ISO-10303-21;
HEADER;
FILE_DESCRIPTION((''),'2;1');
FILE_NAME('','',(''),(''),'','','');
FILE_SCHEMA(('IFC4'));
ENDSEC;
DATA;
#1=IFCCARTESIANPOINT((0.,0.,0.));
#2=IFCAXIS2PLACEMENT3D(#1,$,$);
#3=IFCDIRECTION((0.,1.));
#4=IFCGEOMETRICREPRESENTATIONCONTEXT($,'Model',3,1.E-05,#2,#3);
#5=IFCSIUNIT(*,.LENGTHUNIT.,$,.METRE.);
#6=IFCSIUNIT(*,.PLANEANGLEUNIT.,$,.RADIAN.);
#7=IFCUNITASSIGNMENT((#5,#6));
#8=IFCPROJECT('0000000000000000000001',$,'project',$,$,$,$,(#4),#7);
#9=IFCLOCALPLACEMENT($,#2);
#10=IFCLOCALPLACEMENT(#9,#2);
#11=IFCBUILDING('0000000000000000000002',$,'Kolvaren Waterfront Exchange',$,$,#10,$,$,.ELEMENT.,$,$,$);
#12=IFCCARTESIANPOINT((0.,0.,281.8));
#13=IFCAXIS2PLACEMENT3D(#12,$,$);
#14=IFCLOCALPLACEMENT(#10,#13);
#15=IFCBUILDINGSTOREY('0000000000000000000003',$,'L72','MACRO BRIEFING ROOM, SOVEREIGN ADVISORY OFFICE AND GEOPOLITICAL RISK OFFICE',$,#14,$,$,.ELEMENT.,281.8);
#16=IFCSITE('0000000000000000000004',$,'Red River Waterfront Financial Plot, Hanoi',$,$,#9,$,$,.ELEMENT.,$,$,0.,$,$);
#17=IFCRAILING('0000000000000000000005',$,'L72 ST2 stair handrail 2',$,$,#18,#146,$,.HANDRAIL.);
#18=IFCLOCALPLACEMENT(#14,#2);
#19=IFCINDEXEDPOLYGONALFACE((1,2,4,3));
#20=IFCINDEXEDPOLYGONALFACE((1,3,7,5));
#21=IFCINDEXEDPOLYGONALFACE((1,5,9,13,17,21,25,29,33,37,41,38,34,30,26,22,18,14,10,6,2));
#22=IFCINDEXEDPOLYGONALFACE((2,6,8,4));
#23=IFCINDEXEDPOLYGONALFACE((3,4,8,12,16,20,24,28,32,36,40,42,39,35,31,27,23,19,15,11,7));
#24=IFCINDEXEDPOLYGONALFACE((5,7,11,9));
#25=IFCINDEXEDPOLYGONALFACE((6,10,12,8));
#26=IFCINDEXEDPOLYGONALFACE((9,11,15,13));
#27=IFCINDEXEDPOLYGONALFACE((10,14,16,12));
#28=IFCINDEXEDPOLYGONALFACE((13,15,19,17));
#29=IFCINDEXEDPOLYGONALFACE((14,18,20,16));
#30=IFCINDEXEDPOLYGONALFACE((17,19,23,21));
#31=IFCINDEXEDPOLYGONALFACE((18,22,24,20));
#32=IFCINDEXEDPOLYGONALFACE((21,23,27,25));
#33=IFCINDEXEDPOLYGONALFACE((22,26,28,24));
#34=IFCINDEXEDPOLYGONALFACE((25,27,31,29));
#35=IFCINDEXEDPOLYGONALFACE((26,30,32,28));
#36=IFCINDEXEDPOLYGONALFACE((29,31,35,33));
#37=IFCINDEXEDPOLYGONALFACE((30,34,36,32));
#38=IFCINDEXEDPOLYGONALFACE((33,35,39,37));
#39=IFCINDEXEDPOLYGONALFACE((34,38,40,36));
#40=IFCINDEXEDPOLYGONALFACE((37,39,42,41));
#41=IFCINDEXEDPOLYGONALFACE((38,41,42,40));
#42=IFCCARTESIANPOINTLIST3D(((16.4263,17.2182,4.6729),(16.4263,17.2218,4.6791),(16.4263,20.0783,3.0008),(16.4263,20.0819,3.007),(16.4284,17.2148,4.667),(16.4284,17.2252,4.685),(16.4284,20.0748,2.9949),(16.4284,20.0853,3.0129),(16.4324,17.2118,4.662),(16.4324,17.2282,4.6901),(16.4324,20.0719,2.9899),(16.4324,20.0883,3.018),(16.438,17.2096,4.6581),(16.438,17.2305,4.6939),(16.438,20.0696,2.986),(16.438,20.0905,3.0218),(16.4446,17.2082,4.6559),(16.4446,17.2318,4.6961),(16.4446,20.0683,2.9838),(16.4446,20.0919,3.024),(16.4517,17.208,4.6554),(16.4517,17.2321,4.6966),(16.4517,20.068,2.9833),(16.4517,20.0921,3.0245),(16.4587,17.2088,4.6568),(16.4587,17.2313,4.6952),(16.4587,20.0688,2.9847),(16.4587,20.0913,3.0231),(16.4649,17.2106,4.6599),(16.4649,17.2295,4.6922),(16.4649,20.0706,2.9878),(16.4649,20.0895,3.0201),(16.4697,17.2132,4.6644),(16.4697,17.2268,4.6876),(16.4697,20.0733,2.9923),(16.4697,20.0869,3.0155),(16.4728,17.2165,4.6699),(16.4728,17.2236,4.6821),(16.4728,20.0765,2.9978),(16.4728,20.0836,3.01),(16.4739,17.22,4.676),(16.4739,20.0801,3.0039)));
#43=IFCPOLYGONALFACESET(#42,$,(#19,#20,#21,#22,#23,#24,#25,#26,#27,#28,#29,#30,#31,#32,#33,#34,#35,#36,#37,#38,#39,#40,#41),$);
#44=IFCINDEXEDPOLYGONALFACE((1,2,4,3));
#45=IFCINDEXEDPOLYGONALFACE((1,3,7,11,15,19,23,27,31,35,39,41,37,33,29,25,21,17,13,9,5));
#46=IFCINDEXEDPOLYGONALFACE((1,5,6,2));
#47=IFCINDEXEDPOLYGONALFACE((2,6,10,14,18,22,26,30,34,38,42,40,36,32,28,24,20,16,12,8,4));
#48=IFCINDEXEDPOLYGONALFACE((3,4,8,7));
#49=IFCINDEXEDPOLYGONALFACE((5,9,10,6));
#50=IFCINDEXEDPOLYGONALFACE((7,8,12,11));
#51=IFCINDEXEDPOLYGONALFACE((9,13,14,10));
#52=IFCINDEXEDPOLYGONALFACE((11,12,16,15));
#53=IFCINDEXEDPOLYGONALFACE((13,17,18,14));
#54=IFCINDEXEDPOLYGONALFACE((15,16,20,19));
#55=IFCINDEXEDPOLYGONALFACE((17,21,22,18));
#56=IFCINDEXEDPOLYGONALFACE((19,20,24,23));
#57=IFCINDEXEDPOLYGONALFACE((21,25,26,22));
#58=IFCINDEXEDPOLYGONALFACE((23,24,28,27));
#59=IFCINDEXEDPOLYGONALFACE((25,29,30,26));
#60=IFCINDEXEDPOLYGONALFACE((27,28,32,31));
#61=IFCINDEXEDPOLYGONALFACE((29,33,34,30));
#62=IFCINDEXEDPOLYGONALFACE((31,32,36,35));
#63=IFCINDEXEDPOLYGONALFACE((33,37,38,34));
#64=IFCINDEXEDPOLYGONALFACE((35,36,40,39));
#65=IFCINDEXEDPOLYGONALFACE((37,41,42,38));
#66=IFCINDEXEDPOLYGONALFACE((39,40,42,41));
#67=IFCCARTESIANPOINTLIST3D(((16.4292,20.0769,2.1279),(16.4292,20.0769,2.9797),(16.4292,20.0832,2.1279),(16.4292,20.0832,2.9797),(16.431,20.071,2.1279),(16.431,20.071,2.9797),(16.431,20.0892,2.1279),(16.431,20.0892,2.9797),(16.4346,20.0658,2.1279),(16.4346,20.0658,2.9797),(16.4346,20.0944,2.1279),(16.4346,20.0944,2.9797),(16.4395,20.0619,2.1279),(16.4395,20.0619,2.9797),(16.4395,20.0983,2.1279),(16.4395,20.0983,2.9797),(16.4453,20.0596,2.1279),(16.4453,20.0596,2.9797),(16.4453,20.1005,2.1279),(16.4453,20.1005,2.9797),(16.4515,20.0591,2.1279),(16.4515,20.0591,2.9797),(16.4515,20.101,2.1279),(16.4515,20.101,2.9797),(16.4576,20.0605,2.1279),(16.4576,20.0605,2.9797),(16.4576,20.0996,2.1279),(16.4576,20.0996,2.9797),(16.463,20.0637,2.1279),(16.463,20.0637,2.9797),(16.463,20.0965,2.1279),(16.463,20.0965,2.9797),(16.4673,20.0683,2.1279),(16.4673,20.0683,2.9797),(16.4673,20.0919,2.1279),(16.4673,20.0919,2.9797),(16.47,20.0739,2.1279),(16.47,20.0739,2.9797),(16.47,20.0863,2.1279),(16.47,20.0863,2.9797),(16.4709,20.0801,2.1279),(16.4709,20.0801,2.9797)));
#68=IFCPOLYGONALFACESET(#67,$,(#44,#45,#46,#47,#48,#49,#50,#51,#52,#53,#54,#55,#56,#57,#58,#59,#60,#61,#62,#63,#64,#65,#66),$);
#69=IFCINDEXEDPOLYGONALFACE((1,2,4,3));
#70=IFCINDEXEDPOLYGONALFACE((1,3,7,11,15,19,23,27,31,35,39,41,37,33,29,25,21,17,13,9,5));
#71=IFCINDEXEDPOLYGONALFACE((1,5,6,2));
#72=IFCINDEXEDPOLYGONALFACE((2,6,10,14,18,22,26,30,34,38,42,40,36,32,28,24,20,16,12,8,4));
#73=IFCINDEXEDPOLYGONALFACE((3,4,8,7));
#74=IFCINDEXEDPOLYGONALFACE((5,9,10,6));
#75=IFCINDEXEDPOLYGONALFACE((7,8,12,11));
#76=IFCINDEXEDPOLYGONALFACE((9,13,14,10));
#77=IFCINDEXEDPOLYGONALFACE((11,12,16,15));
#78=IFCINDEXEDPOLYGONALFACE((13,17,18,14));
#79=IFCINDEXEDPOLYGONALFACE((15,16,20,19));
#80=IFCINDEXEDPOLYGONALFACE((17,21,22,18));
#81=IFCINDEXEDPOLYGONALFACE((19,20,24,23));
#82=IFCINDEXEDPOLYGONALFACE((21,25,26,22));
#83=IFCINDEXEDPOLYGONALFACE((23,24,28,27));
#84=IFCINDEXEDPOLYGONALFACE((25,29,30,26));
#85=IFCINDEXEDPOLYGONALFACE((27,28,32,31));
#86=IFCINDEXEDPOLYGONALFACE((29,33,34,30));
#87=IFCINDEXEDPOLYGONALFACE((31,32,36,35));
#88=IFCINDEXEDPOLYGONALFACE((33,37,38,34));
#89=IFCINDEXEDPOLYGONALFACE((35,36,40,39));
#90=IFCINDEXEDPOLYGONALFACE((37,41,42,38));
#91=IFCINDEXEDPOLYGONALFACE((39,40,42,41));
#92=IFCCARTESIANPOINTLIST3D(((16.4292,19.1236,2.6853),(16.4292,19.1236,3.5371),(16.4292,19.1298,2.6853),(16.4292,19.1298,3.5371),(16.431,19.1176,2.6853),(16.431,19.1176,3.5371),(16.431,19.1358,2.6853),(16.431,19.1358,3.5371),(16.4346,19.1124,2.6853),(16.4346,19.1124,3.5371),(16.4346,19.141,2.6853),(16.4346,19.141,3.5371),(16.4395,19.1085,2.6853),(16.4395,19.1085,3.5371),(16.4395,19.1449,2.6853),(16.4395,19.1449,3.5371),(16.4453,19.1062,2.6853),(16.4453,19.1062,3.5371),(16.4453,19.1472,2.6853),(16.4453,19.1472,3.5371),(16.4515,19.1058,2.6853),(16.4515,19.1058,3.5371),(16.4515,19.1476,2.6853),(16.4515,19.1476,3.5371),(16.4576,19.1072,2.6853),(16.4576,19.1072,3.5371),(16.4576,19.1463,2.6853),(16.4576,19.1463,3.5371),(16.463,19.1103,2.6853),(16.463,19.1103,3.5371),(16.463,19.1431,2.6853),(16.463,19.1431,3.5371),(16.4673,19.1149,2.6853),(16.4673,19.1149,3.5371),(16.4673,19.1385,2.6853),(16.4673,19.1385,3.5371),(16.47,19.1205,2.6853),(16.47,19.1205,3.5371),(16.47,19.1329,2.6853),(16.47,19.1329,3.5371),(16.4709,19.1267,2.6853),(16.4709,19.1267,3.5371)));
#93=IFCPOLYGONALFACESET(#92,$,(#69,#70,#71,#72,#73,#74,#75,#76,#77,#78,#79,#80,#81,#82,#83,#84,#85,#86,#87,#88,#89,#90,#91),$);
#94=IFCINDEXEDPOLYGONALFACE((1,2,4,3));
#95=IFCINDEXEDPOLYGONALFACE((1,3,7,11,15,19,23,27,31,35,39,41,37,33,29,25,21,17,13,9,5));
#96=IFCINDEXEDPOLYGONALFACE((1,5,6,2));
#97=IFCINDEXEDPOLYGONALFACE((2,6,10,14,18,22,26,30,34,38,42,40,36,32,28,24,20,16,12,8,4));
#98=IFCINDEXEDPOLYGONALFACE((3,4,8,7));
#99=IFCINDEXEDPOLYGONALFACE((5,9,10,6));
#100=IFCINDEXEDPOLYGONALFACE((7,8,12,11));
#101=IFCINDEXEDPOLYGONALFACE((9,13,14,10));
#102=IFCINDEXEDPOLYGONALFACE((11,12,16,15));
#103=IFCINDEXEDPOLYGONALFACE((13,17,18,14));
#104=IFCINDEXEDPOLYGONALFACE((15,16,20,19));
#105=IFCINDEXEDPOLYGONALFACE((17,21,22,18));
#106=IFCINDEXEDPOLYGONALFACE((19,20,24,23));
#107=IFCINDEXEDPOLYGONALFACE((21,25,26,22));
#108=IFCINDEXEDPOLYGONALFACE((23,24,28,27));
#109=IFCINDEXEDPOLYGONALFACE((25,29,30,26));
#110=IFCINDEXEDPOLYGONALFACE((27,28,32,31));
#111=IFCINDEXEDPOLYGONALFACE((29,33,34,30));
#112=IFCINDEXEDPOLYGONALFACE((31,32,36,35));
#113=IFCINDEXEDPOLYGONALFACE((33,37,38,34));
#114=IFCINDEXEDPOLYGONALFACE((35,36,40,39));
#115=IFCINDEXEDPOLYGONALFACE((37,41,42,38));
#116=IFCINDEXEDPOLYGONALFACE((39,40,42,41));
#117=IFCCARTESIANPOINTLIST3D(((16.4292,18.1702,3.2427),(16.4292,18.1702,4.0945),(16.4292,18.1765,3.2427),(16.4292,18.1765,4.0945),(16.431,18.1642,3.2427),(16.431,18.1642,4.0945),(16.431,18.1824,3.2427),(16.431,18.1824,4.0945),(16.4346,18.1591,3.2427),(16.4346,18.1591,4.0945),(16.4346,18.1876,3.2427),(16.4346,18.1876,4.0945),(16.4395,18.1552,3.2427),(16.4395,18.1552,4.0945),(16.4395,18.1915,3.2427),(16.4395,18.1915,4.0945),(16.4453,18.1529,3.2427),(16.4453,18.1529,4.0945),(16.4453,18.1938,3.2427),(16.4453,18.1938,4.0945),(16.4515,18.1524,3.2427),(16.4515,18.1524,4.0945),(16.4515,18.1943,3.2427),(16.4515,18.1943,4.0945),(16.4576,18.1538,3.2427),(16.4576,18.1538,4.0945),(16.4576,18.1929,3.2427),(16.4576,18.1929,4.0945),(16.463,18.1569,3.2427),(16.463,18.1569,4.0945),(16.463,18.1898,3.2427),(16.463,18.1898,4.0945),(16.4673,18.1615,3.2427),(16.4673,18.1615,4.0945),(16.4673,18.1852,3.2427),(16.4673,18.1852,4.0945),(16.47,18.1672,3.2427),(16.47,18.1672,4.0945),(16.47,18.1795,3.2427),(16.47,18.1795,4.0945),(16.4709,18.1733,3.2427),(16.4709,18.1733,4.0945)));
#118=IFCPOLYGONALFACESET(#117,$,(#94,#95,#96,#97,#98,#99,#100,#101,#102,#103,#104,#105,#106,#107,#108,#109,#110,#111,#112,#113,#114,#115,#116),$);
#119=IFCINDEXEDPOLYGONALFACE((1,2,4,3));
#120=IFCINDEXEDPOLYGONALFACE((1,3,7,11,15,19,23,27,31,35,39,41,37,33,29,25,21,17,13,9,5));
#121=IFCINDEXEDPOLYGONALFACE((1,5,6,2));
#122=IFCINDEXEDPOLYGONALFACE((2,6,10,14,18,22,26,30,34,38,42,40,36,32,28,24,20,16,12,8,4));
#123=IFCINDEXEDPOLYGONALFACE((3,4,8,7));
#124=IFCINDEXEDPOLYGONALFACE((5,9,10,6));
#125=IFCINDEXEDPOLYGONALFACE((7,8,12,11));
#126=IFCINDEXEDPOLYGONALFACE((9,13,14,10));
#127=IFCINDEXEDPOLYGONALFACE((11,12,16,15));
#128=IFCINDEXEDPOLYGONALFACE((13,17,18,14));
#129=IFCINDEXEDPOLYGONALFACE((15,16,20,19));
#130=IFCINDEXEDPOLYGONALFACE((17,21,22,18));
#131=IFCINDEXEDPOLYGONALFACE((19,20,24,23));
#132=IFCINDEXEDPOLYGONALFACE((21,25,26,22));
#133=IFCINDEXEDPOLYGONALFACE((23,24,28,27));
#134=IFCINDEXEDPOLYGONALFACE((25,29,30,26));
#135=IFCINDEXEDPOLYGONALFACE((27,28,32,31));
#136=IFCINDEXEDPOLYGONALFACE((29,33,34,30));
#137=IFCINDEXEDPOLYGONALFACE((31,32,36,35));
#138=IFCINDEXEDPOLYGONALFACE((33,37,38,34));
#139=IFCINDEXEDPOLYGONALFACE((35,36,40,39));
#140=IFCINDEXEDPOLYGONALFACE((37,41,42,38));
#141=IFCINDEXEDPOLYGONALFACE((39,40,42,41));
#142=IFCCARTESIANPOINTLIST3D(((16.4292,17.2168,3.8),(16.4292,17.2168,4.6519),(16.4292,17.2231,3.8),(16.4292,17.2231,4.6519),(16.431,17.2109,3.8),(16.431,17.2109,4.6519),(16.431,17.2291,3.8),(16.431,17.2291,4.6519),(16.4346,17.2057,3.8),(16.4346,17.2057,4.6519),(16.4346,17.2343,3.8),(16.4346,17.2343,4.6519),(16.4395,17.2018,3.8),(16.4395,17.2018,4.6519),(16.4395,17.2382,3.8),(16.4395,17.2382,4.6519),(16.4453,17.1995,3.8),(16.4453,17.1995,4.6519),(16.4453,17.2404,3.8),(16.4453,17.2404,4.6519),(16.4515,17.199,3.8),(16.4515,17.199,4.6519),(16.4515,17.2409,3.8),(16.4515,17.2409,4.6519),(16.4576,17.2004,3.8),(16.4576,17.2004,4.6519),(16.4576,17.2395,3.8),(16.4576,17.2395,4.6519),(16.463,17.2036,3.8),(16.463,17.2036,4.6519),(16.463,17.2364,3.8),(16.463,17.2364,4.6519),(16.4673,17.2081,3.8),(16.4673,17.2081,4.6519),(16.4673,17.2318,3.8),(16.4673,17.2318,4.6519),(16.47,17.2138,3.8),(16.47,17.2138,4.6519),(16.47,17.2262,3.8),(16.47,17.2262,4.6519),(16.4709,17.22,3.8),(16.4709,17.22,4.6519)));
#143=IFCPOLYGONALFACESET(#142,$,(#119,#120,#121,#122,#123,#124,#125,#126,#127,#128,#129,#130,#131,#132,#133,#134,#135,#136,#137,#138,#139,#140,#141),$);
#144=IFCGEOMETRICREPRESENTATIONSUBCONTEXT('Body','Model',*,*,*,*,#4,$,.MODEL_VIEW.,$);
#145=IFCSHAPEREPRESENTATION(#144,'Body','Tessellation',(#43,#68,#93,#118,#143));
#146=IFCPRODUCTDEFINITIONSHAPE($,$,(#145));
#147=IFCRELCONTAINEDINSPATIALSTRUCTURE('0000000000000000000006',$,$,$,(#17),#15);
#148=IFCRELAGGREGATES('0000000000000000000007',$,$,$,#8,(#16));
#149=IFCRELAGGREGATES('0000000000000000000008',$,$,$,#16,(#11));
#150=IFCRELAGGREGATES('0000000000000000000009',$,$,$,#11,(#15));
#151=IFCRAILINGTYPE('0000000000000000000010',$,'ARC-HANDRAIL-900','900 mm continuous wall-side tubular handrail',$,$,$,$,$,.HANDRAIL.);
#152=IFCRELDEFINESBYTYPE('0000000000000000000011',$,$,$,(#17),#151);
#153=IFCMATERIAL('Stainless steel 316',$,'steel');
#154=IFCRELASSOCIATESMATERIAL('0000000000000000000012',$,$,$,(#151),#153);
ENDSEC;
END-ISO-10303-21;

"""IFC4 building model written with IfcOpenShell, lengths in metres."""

from ifc_helpers import new_model, si_unit, direction, frame, origin, origin_2d, place, context, subcontext, project, spatial, circle, extrude, material, type_object, element, save


model = new_model("IFC4")

# Units and contexts
model_context = context("Model", 3, precision=1e-05, world=origin(), true_north=direction((0.0, 1.0)))
body_context = subcontext(model_context, "Body", "Model", "MODEL_VIEW")
ifc_project = project(units=[si_unit("LENGTHUNIT", "METRE"), si_unit("PLANEANGLEUNIT", "RADIAN")], contexts=[model_context])

# Site, building, storey
site_placement = place(None, origin())
site = spatial("IfcSite", under=ifc_project, at=site_placement, Name="Red River Waterfront Financial Plot, Hanoi", CompositionType="ELEMENT", RefElevation=0.0)
building_placement = place(site_placement, origin())
building = spatial("IfcBuilding", under=site, at=building_placement, Name="Kolvaren Waterfront Exchange", CompositionType="ELEMENT")
storey_placement = place(building_placement, frame((0.0, 0.0, 281.8)))
storey = spatial("IfcBuildingStorey", under=building, at=storey_placement, Name="L72", Description="MACRO BRIEFING ROOM, SOVEREIGN ADVISORY OFFICE AND GEOPOLITICAL RISK OFFICE", CompositionType="ELEMENT", Elevation=281.8)

# Railing
ifc_material_1 = material(Name="Stainless steel 316", Category="steel")
railing_type_1 = type_object("IfcRailingType", Name="ARC-HANDRAIL-900", Description="900 mm continuous wall-side tubular handrail", PredefinedType="HANDRAIL", material=ifc_material_1)
railing_1_placement = place(storey_placement, frame((16.45, 20.0801, 2.1279)))
element("IfcRailing", 1, at=railing_1_placement, inside=storey, type_object=railing_type_1, Name="L72 ST2 stair handrail 2", PredefinedType="HANDRAIL", context=body_context, shape_type="SweptSolid", body=[
    extrude(circle(Radius=0.0239, at=origin_2d()), frame((0.0, 0.0, 0.876), z_axis=(0.0, -0.863289, 0.504709), x_axis=(1.0, 0.0, 0.0)), (0.0, 0.0, 1.0), 3.313),
    extrude(circle(Radius=0.021, at=origin_2d()), origin(), (0.0, 0.0, 1.0), 0.8518),
    extrude(circle(Radius=0.021, at=origin_2d()), frame((0.0, -0.9534, 0.5574)), (0.0, 0.0, 1.0), 0.8518),
    extrude(circle(Radius=0.021, at=origin_2d()), frame((0.0, -1.9067, 1.1147)), (0.0, 0.0, 1.0), 0.8518),
    extrude(circle(Radius=0.021, at=origin_2d()), frame((0.0, -2.8601, 1.6721)), (0.0, 0.0, 1.0), 0.8518),
])

save(model, "model.ifc")
